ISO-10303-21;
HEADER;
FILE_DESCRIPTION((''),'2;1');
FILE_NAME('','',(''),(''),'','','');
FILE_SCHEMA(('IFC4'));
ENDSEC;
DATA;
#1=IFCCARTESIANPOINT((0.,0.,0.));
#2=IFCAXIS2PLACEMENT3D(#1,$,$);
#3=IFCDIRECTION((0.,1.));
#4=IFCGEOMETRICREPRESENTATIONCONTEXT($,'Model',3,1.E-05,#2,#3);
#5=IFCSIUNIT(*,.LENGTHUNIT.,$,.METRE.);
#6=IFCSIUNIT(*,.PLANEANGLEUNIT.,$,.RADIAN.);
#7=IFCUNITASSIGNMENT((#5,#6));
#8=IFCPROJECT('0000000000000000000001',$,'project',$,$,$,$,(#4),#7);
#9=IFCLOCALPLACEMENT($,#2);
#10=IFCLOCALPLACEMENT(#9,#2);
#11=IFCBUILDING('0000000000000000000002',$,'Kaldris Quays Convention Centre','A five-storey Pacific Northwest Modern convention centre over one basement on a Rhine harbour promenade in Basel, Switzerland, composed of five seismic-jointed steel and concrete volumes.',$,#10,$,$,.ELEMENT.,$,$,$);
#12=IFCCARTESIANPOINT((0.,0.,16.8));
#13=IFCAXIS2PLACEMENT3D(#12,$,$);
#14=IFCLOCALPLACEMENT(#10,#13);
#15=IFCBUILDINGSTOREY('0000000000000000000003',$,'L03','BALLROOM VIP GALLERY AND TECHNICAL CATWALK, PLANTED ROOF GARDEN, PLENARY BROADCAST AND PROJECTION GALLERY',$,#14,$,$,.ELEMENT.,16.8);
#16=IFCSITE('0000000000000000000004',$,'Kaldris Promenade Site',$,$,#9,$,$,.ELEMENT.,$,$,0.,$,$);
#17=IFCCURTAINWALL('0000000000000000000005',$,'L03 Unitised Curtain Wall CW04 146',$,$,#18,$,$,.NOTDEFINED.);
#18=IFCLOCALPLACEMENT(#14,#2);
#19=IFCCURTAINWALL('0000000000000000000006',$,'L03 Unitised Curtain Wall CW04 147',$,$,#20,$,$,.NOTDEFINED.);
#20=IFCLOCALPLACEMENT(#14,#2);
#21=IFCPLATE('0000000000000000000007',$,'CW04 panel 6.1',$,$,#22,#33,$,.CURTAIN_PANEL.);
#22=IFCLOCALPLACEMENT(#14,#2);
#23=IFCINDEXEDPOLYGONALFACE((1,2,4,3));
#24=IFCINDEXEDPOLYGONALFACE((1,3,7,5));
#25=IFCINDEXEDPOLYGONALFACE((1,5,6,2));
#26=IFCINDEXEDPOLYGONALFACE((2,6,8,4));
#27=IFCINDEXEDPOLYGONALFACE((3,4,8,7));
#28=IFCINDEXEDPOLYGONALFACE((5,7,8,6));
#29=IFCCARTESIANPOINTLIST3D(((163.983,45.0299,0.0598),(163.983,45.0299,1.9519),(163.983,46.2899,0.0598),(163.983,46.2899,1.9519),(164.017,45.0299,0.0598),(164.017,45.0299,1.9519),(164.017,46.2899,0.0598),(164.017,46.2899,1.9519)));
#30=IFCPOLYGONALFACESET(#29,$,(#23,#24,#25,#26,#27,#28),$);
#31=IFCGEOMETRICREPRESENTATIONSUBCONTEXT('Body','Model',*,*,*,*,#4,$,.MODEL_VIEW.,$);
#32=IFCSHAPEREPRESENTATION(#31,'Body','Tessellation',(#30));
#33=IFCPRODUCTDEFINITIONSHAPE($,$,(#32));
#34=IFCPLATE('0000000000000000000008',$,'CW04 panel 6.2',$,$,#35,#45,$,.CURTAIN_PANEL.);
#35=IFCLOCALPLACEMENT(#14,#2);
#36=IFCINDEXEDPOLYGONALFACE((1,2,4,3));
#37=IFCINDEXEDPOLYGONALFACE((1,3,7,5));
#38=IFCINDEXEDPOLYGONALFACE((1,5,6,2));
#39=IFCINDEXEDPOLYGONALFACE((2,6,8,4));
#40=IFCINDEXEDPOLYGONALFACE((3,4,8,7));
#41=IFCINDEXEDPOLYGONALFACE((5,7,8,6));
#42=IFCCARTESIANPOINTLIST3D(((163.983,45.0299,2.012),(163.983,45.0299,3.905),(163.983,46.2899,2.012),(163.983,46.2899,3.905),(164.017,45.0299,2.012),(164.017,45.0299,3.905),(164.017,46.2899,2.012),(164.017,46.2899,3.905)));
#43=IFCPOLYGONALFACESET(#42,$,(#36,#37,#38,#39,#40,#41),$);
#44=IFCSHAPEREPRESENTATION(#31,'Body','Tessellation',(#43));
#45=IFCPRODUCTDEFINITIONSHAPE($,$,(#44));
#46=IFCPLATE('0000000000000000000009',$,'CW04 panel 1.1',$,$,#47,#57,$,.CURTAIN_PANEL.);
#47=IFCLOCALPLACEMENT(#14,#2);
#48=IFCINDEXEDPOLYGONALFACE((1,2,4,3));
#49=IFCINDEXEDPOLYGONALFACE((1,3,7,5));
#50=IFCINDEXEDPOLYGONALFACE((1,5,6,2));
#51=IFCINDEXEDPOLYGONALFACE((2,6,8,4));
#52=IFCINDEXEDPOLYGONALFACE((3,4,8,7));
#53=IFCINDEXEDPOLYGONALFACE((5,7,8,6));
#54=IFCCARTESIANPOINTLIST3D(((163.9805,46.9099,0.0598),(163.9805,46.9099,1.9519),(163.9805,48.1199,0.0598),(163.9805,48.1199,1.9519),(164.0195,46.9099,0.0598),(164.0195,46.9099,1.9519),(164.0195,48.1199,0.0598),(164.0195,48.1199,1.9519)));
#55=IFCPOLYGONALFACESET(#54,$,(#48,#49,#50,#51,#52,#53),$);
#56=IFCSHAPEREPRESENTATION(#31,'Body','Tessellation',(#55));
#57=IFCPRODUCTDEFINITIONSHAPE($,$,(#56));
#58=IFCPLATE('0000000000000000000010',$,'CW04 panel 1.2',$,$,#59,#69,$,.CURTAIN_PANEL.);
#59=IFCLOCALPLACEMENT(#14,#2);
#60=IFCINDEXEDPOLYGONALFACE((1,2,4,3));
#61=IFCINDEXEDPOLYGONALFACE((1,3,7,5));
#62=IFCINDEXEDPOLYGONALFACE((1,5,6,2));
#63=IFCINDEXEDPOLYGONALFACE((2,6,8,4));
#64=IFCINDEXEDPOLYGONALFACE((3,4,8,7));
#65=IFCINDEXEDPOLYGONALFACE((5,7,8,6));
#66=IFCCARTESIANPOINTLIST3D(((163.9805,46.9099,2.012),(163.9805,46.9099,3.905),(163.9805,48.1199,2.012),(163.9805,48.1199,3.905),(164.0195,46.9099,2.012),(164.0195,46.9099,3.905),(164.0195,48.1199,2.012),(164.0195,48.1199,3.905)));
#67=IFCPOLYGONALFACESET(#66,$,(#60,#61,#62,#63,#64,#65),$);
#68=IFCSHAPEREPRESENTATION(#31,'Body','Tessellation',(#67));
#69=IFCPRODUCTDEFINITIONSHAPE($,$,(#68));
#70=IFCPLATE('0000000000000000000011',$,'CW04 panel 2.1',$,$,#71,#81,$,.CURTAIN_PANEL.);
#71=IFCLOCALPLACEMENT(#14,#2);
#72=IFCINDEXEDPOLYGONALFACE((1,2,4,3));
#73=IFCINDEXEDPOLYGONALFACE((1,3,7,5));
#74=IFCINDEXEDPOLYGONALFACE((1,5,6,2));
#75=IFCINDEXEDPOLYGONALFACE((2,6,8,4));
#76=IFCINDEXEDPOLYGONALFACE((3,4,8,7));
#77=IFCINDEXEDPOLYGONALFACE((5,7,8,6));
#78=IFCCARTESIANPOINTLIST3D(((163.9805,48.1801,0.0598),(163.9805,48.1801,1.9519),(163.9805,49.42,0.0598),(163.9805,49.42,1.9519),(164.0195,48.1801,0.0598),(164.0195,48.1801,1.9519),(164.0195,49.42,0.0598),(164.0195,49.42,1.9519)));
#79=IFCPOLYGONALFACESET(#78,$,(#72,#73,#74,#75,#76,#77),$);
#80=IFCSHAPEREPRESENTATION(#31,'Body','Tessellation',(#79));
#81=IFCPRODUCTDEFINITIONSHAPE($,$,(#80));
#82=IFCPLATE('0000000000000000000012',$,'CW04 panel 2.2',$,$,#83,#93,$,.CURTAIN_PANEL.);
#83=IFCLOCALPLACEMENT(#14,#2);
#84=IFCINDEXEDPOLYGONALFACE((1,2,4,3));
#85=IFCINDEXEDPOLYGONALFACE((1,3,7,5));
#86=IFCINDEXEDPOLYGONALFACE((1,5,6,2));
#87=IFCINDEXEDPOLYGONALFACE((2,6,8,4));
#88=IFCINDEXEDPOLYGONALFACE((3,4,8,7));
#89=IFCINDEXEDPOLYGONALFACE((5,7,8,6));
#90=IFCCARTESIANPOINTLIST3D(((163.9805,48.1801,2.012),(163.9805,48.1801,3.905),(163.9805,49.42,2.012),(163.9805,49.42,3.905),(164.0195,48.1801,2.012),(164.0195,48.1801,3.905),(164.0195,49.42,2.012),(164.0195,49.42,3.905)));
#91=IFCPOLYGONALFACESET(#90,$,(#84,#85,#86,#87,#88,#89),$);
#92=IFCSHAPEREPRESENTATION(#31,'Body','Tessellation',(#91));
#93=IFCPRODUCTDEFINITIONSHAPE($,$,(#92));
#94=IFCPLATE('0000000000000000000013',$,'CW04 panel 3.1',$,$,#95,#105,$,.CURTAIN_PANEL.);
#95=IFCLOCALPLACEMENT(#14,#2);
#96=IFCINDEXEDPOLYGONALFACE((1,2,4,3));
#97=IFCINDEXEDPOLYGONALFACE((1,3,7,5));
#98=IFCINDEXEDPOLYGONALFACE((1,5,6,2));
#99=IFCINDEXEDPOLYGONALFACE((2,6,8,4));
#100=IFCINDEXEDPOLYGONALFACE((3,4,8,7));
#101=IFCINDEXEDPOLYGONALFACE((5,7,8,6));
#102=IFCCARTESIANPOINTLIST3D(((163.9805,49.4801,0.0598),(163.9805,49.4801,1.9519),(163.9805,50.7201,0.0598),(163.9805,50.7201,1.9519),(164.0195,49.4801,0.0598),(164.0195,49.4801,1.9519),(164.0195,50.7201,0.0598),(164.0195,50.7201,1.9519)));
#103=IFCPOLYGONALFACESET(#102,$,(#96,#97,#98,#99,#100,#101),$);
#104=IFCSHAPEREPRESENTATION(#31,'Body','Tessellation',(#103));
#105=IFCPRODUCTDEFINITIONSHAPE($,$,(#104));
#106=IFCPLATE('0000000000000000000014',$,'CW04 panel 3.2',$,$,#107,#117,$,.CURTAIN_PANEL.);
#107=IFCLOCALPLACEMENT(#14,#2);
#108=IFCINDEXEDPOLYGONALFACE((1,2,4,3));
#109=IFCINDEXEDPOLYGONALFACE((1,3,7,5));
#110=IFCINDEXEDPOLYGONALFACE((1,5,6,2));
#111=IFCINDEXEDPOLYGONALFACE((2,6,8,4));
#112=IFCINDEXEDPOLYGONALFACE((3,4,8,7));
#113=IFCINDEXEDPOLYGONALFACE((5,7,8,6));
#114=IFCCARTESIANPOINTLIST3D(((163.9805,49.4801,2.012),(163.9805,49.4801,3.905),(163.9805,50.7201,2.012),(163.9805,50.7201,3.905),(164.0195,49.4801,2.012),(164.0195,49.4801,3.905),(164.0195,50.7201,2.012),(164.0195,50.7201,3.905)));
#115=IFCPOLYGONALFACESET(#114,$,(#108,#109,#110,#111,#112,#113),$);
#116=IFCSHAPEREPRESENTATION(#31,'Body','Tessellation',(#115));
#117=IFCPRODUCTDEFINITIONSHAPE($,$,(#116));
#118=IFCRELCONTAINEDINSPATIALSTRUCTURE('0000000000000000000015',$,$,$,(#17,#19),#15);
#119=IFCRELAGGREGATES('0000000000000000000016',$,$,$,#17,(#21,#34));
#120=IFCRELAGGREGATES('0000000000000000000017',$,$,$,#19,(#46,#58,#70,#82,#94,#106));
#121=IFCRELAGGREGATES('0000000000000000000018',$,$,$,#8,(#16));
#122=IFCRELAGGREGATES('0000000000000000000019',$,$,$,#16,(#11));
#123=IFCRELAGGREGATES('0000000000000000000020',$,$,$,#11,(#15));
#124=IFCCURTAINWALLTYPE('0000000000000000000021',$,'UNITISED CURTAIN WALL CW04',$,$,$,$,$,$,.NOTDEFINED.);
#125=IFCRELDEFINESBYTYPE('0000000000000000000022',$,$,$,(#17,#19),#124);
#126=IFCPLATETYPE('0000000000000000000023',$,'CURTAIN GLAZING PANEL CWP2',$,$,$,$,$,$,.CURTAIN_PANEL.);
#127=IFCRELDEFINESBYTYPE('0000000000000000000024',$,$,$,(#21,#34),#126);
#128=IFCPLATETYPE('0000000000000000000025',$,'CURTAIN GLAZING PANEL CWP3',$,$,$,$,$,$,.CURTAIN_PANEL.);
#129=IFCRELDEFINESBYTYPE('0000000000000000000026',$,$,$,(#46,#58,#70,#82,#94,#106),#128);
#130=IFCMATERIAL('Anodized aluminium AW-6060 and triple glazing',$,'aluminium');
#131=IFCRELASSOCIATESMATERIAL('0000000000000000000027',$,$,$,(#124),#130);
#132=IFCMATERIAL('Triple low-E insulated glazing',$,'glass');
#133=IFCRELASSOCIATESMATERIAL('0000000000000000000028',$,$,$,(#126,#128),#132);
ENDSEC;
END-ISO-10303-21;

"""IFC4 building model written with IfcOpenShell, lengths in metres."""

from ifc_helpers import new_model, si_unit, direction, frame, origin, origin_2d, place, context, subcontext, project, spatial, rectangle, extrude, material, type_object, element, aggregate, save


model = new_model("IFC4")

# Units and contexts
model_context = context("Model", 3, precision=1e-05, world=origin(), true_north=direction((0.0, 1.0)))
body_context = subcontext(model_context, "Body", "Model", "MODEL_VIEW")
ifc_project = project(units=[si_unit("LENGTHUNIT", "METRE"), si_unit("PLANEANGLEUNIT", "RADIAN")], contexts=[model_context])

# Site, building, storey
site_placement = place(None, origin())
site = spatial("IfcSite", under=ifc_project, at=site_placement, Name="Kaldris Promenade Site", CompositionType="ELEMENT", RefElevation=0.0)
building_placement = place(site_placement, origin())
building = spatial("IfcBuilding", under=site, at=building_placement, Name="Kaldris Quays Convention Centre", Description="A five-storey Pacific Northwest Modern convention centre over one basement on a Rhine harbour promenade in Basel, Switzerland, composed of five seismic-jointed steel and concrete volumes.", CompositionType="ELEMENT")
storey_placement = place(building_placement, frame((0.0, 0.0, 16.8)))
storey = spatial("IfcBuildingStorey", under=building, at=storey_placement, Name="L03", Description="BALLROOM VIP GALLERY AND TECHNICAL CATWALK, PLANTED ROOF GARDEN, PLENARY BROADCAST AND PROJECTION GALLERY", CompositionType="ELEMENT", Elevation=16.8)

# Curtain wall
ifc_material_1 = material(Name="Anodized aluminium AW-6060 and triple glazing", Category="aluminium")
curtain_wall_type = type_object("IfcCurtainWallType", Name="UNITISED CURTAIN WALL CW04", PredefinedType="NOTDEFINED", material=ifc_material_1)
curtain_wall_1_placement = place(storey_placement, origin())
curtain_wall_1 = element("IfcCurtainWall", 1, at=curtain_wall_1_placement, inside=storey, type_object=curtain_wall_type, Name="L03 Unitised Curtain Wall CW04 146", PredefinedType="NOTDEFINED")

# Curtain wall
curtain_wall_2_placement = place(storey_placement, origin())
curtain_wall_2 = element("IfcCurtainWall", 2, at=curtain_wall_2_placement, inside=storey, type_object=curtain_wall_type, Name="L03 Unitised Curtain Wall CW04 147", PredefinedType="NOTDEFINED")

# Plates
ifc_material_2 = material(Name="Triple low-E insulated glazing", Category="glass")
plate_type_1 = type_object("IfcPlateType", Name="CURTAIN GLAZING PANEL CWP2", PredefinedType="CURTAIN_PANEL", material=ifc_material_2)
plate_1_placement = place(storey_placement, frame((164.0, 45.6599, 0.0598), z_axis=(0.0, 0.0, 1.0), x_axis=(0.0, 1.0, 0.0)))
plate_1 = element("IfcPlate", 3, at=plate_1_placement, type_object=plate_type_1, Name="CW04 panel 6.1", PredefinedType="CURTAIN_PANEL", context=body_context, shape_type="SweptSolid", body=[
    extrude(rectangle(XDim=1.26, YDim=0.0339, at=origin_2d()), origin(), (0.0, 0.0, 1.0), 1.8921),
])
plate_2_placement = place(storey_placement, frame((164.0, 45.6599, 2.012), z_axis=(0.0, 0.0, 1.0), x_axis=(0.0, 1.0, 0.0)))
plate_2 = element("IfcPlate", 4, at=plate_2_placement, type_object=plate_type_1, Name="CW04 panel 6.2", PredefinedType="CURTAIN_PANEL", context=body_context, shape_type="SweptSolid", body=[
    extrude(rectangle(XDim=1.26, YDim=0.0339, at=origin_2d()), origin(), (0.0, 0.0, 1.0), 1.8931),
])
aggregate(curtain_wall_1, [plate_1, plate_2])
plate_type_2 = type_object("IfcPlateType", Name="CURTAIN GLAZING PANEL CWP3", PredefinedType="CURTAIN_PANEL", material=ifc_material_2)
plate_3_placement = place(storey_placement, frame((164.0, 47.5149, 0.0598), z_axis=(0.0, 0.0, 1.0), x_axis=(0.0, 1.0, 0.0)))
plate_3 = element("IfcPlate", 5, at=plate_3_placement, type_object=plate_type_2, Name="CW04 panel 1.1", PredefinedType="CURTAIN_PANEL", context=body_context, shape_type="SweptSolid", body=[
    extrude(rectangle(XDim=1.21, YDim=0.0391, at=origin_2d()), origin(), (0.0, 0.0, 1.0), 1.8921),
])
plate_4_placement = place(storey_placement, frame((164.0, 47.5149, 2.012), z_axis=(0.0, 0.0, 1.0), x_axis=(0.0, 1.0, 0.0)))
plate_4 = element("IfcPlate", 6, at=plate_4_placement, type_object=plate_type_2, Name="CW04 panel 1.2", PredefinedType="CURTAIN_PANEL", context=body_context, shape_type="SweptSolid", body=[
    extrude(rectangle(XDim=1.21, YDim=0.0391, at=origin_2d()), origin(), (0.0, 0.0, 1.0), 1.8931),
])
plate_5_placement = place(storey_placement, frame((164.0, 48.8, 0.0598), z_axis=(0.0, 0.0, 1.0), x_axis=(0.0, 1.0, 0.0)))
plate_5 = element("IfcPlate", 7, at=plate_5_placement, type_object=plate_type_2, Name="CW04 panel 2.1", PredefinedType="CURTAIN_PANEL", context=body_context, shape_type="SweptSolid", body=[
    extrude(rectangle(XDim=1.24, YDim=0.0391, at=origin_2d()), origin(), (0.0, 0.0, 1.0), 1.8921),
])
plate_6_placement = place(storey_placement, frame((164.0, 48.8, 2.012), z_axis=(0.0, 0.0, 1.0), x_axis=(0.0, 1.0, 0.0)))
plate_6 = element("IfcPlate", 8, at=plate_6_placement, type_object=plate_type_2, Name="CW04 panel 2.2", PredefinedType="CURTAIN_PANEL", context=body_context, shape_type="SweptSolid", body=[
    extrude(rectangle(XDim=1.24, YDim=0.0391, at=origin_2d()), origin(), (0.0, 0.0, 1.0), 1.8931),
])
plate_7_placement = place(storey_placement, frame((164.0, 50.1001, 0.0598), z_axis=(0.0, 0.0, 1.0), x_axis=(0.0, 1.0, 0.0)))
plate_7 = element("IfcPlate", 9, at=plate_7_placement, type_object=plate_type_2, Name="CW04 panel 3.1", PredefinedType="CURTAIN_PANEL", context=body_context, shape_type="SweptSolid", body=[
    extrude(rectangle(XDim=1.24, YDim=0.0391, at=origin_2d()), origin(), (0.0, 0.0, 1.0), 1.8921),
])
plate_8_placement = place(storey_placement, frame((164.0, 50.1001, 2.012), z_axis=(0.0, 0.0, 1.0), x_axis=(0.0, 1.0, 0.0)))
plate_8 = element("IfcPlate", 10, at=plate_8_placement, type_object=plate_type_2, Name="CW04 panel 3.2", PredefinedType="CURTAIN_PANEL", context=body_context, shape_type="SweptSolid", body=[
    extrude(rectangle(XDim=1.24, YDim=0.0391, at=origin_2d()), origin(), (0.0, 0.0, 1.0), 1.8931),
])
aggregate(curtain_wall_2, [plate_3, plate_4, plate_5, plate_6, plate_7, plate_8])

save(model, "model.ifc")
